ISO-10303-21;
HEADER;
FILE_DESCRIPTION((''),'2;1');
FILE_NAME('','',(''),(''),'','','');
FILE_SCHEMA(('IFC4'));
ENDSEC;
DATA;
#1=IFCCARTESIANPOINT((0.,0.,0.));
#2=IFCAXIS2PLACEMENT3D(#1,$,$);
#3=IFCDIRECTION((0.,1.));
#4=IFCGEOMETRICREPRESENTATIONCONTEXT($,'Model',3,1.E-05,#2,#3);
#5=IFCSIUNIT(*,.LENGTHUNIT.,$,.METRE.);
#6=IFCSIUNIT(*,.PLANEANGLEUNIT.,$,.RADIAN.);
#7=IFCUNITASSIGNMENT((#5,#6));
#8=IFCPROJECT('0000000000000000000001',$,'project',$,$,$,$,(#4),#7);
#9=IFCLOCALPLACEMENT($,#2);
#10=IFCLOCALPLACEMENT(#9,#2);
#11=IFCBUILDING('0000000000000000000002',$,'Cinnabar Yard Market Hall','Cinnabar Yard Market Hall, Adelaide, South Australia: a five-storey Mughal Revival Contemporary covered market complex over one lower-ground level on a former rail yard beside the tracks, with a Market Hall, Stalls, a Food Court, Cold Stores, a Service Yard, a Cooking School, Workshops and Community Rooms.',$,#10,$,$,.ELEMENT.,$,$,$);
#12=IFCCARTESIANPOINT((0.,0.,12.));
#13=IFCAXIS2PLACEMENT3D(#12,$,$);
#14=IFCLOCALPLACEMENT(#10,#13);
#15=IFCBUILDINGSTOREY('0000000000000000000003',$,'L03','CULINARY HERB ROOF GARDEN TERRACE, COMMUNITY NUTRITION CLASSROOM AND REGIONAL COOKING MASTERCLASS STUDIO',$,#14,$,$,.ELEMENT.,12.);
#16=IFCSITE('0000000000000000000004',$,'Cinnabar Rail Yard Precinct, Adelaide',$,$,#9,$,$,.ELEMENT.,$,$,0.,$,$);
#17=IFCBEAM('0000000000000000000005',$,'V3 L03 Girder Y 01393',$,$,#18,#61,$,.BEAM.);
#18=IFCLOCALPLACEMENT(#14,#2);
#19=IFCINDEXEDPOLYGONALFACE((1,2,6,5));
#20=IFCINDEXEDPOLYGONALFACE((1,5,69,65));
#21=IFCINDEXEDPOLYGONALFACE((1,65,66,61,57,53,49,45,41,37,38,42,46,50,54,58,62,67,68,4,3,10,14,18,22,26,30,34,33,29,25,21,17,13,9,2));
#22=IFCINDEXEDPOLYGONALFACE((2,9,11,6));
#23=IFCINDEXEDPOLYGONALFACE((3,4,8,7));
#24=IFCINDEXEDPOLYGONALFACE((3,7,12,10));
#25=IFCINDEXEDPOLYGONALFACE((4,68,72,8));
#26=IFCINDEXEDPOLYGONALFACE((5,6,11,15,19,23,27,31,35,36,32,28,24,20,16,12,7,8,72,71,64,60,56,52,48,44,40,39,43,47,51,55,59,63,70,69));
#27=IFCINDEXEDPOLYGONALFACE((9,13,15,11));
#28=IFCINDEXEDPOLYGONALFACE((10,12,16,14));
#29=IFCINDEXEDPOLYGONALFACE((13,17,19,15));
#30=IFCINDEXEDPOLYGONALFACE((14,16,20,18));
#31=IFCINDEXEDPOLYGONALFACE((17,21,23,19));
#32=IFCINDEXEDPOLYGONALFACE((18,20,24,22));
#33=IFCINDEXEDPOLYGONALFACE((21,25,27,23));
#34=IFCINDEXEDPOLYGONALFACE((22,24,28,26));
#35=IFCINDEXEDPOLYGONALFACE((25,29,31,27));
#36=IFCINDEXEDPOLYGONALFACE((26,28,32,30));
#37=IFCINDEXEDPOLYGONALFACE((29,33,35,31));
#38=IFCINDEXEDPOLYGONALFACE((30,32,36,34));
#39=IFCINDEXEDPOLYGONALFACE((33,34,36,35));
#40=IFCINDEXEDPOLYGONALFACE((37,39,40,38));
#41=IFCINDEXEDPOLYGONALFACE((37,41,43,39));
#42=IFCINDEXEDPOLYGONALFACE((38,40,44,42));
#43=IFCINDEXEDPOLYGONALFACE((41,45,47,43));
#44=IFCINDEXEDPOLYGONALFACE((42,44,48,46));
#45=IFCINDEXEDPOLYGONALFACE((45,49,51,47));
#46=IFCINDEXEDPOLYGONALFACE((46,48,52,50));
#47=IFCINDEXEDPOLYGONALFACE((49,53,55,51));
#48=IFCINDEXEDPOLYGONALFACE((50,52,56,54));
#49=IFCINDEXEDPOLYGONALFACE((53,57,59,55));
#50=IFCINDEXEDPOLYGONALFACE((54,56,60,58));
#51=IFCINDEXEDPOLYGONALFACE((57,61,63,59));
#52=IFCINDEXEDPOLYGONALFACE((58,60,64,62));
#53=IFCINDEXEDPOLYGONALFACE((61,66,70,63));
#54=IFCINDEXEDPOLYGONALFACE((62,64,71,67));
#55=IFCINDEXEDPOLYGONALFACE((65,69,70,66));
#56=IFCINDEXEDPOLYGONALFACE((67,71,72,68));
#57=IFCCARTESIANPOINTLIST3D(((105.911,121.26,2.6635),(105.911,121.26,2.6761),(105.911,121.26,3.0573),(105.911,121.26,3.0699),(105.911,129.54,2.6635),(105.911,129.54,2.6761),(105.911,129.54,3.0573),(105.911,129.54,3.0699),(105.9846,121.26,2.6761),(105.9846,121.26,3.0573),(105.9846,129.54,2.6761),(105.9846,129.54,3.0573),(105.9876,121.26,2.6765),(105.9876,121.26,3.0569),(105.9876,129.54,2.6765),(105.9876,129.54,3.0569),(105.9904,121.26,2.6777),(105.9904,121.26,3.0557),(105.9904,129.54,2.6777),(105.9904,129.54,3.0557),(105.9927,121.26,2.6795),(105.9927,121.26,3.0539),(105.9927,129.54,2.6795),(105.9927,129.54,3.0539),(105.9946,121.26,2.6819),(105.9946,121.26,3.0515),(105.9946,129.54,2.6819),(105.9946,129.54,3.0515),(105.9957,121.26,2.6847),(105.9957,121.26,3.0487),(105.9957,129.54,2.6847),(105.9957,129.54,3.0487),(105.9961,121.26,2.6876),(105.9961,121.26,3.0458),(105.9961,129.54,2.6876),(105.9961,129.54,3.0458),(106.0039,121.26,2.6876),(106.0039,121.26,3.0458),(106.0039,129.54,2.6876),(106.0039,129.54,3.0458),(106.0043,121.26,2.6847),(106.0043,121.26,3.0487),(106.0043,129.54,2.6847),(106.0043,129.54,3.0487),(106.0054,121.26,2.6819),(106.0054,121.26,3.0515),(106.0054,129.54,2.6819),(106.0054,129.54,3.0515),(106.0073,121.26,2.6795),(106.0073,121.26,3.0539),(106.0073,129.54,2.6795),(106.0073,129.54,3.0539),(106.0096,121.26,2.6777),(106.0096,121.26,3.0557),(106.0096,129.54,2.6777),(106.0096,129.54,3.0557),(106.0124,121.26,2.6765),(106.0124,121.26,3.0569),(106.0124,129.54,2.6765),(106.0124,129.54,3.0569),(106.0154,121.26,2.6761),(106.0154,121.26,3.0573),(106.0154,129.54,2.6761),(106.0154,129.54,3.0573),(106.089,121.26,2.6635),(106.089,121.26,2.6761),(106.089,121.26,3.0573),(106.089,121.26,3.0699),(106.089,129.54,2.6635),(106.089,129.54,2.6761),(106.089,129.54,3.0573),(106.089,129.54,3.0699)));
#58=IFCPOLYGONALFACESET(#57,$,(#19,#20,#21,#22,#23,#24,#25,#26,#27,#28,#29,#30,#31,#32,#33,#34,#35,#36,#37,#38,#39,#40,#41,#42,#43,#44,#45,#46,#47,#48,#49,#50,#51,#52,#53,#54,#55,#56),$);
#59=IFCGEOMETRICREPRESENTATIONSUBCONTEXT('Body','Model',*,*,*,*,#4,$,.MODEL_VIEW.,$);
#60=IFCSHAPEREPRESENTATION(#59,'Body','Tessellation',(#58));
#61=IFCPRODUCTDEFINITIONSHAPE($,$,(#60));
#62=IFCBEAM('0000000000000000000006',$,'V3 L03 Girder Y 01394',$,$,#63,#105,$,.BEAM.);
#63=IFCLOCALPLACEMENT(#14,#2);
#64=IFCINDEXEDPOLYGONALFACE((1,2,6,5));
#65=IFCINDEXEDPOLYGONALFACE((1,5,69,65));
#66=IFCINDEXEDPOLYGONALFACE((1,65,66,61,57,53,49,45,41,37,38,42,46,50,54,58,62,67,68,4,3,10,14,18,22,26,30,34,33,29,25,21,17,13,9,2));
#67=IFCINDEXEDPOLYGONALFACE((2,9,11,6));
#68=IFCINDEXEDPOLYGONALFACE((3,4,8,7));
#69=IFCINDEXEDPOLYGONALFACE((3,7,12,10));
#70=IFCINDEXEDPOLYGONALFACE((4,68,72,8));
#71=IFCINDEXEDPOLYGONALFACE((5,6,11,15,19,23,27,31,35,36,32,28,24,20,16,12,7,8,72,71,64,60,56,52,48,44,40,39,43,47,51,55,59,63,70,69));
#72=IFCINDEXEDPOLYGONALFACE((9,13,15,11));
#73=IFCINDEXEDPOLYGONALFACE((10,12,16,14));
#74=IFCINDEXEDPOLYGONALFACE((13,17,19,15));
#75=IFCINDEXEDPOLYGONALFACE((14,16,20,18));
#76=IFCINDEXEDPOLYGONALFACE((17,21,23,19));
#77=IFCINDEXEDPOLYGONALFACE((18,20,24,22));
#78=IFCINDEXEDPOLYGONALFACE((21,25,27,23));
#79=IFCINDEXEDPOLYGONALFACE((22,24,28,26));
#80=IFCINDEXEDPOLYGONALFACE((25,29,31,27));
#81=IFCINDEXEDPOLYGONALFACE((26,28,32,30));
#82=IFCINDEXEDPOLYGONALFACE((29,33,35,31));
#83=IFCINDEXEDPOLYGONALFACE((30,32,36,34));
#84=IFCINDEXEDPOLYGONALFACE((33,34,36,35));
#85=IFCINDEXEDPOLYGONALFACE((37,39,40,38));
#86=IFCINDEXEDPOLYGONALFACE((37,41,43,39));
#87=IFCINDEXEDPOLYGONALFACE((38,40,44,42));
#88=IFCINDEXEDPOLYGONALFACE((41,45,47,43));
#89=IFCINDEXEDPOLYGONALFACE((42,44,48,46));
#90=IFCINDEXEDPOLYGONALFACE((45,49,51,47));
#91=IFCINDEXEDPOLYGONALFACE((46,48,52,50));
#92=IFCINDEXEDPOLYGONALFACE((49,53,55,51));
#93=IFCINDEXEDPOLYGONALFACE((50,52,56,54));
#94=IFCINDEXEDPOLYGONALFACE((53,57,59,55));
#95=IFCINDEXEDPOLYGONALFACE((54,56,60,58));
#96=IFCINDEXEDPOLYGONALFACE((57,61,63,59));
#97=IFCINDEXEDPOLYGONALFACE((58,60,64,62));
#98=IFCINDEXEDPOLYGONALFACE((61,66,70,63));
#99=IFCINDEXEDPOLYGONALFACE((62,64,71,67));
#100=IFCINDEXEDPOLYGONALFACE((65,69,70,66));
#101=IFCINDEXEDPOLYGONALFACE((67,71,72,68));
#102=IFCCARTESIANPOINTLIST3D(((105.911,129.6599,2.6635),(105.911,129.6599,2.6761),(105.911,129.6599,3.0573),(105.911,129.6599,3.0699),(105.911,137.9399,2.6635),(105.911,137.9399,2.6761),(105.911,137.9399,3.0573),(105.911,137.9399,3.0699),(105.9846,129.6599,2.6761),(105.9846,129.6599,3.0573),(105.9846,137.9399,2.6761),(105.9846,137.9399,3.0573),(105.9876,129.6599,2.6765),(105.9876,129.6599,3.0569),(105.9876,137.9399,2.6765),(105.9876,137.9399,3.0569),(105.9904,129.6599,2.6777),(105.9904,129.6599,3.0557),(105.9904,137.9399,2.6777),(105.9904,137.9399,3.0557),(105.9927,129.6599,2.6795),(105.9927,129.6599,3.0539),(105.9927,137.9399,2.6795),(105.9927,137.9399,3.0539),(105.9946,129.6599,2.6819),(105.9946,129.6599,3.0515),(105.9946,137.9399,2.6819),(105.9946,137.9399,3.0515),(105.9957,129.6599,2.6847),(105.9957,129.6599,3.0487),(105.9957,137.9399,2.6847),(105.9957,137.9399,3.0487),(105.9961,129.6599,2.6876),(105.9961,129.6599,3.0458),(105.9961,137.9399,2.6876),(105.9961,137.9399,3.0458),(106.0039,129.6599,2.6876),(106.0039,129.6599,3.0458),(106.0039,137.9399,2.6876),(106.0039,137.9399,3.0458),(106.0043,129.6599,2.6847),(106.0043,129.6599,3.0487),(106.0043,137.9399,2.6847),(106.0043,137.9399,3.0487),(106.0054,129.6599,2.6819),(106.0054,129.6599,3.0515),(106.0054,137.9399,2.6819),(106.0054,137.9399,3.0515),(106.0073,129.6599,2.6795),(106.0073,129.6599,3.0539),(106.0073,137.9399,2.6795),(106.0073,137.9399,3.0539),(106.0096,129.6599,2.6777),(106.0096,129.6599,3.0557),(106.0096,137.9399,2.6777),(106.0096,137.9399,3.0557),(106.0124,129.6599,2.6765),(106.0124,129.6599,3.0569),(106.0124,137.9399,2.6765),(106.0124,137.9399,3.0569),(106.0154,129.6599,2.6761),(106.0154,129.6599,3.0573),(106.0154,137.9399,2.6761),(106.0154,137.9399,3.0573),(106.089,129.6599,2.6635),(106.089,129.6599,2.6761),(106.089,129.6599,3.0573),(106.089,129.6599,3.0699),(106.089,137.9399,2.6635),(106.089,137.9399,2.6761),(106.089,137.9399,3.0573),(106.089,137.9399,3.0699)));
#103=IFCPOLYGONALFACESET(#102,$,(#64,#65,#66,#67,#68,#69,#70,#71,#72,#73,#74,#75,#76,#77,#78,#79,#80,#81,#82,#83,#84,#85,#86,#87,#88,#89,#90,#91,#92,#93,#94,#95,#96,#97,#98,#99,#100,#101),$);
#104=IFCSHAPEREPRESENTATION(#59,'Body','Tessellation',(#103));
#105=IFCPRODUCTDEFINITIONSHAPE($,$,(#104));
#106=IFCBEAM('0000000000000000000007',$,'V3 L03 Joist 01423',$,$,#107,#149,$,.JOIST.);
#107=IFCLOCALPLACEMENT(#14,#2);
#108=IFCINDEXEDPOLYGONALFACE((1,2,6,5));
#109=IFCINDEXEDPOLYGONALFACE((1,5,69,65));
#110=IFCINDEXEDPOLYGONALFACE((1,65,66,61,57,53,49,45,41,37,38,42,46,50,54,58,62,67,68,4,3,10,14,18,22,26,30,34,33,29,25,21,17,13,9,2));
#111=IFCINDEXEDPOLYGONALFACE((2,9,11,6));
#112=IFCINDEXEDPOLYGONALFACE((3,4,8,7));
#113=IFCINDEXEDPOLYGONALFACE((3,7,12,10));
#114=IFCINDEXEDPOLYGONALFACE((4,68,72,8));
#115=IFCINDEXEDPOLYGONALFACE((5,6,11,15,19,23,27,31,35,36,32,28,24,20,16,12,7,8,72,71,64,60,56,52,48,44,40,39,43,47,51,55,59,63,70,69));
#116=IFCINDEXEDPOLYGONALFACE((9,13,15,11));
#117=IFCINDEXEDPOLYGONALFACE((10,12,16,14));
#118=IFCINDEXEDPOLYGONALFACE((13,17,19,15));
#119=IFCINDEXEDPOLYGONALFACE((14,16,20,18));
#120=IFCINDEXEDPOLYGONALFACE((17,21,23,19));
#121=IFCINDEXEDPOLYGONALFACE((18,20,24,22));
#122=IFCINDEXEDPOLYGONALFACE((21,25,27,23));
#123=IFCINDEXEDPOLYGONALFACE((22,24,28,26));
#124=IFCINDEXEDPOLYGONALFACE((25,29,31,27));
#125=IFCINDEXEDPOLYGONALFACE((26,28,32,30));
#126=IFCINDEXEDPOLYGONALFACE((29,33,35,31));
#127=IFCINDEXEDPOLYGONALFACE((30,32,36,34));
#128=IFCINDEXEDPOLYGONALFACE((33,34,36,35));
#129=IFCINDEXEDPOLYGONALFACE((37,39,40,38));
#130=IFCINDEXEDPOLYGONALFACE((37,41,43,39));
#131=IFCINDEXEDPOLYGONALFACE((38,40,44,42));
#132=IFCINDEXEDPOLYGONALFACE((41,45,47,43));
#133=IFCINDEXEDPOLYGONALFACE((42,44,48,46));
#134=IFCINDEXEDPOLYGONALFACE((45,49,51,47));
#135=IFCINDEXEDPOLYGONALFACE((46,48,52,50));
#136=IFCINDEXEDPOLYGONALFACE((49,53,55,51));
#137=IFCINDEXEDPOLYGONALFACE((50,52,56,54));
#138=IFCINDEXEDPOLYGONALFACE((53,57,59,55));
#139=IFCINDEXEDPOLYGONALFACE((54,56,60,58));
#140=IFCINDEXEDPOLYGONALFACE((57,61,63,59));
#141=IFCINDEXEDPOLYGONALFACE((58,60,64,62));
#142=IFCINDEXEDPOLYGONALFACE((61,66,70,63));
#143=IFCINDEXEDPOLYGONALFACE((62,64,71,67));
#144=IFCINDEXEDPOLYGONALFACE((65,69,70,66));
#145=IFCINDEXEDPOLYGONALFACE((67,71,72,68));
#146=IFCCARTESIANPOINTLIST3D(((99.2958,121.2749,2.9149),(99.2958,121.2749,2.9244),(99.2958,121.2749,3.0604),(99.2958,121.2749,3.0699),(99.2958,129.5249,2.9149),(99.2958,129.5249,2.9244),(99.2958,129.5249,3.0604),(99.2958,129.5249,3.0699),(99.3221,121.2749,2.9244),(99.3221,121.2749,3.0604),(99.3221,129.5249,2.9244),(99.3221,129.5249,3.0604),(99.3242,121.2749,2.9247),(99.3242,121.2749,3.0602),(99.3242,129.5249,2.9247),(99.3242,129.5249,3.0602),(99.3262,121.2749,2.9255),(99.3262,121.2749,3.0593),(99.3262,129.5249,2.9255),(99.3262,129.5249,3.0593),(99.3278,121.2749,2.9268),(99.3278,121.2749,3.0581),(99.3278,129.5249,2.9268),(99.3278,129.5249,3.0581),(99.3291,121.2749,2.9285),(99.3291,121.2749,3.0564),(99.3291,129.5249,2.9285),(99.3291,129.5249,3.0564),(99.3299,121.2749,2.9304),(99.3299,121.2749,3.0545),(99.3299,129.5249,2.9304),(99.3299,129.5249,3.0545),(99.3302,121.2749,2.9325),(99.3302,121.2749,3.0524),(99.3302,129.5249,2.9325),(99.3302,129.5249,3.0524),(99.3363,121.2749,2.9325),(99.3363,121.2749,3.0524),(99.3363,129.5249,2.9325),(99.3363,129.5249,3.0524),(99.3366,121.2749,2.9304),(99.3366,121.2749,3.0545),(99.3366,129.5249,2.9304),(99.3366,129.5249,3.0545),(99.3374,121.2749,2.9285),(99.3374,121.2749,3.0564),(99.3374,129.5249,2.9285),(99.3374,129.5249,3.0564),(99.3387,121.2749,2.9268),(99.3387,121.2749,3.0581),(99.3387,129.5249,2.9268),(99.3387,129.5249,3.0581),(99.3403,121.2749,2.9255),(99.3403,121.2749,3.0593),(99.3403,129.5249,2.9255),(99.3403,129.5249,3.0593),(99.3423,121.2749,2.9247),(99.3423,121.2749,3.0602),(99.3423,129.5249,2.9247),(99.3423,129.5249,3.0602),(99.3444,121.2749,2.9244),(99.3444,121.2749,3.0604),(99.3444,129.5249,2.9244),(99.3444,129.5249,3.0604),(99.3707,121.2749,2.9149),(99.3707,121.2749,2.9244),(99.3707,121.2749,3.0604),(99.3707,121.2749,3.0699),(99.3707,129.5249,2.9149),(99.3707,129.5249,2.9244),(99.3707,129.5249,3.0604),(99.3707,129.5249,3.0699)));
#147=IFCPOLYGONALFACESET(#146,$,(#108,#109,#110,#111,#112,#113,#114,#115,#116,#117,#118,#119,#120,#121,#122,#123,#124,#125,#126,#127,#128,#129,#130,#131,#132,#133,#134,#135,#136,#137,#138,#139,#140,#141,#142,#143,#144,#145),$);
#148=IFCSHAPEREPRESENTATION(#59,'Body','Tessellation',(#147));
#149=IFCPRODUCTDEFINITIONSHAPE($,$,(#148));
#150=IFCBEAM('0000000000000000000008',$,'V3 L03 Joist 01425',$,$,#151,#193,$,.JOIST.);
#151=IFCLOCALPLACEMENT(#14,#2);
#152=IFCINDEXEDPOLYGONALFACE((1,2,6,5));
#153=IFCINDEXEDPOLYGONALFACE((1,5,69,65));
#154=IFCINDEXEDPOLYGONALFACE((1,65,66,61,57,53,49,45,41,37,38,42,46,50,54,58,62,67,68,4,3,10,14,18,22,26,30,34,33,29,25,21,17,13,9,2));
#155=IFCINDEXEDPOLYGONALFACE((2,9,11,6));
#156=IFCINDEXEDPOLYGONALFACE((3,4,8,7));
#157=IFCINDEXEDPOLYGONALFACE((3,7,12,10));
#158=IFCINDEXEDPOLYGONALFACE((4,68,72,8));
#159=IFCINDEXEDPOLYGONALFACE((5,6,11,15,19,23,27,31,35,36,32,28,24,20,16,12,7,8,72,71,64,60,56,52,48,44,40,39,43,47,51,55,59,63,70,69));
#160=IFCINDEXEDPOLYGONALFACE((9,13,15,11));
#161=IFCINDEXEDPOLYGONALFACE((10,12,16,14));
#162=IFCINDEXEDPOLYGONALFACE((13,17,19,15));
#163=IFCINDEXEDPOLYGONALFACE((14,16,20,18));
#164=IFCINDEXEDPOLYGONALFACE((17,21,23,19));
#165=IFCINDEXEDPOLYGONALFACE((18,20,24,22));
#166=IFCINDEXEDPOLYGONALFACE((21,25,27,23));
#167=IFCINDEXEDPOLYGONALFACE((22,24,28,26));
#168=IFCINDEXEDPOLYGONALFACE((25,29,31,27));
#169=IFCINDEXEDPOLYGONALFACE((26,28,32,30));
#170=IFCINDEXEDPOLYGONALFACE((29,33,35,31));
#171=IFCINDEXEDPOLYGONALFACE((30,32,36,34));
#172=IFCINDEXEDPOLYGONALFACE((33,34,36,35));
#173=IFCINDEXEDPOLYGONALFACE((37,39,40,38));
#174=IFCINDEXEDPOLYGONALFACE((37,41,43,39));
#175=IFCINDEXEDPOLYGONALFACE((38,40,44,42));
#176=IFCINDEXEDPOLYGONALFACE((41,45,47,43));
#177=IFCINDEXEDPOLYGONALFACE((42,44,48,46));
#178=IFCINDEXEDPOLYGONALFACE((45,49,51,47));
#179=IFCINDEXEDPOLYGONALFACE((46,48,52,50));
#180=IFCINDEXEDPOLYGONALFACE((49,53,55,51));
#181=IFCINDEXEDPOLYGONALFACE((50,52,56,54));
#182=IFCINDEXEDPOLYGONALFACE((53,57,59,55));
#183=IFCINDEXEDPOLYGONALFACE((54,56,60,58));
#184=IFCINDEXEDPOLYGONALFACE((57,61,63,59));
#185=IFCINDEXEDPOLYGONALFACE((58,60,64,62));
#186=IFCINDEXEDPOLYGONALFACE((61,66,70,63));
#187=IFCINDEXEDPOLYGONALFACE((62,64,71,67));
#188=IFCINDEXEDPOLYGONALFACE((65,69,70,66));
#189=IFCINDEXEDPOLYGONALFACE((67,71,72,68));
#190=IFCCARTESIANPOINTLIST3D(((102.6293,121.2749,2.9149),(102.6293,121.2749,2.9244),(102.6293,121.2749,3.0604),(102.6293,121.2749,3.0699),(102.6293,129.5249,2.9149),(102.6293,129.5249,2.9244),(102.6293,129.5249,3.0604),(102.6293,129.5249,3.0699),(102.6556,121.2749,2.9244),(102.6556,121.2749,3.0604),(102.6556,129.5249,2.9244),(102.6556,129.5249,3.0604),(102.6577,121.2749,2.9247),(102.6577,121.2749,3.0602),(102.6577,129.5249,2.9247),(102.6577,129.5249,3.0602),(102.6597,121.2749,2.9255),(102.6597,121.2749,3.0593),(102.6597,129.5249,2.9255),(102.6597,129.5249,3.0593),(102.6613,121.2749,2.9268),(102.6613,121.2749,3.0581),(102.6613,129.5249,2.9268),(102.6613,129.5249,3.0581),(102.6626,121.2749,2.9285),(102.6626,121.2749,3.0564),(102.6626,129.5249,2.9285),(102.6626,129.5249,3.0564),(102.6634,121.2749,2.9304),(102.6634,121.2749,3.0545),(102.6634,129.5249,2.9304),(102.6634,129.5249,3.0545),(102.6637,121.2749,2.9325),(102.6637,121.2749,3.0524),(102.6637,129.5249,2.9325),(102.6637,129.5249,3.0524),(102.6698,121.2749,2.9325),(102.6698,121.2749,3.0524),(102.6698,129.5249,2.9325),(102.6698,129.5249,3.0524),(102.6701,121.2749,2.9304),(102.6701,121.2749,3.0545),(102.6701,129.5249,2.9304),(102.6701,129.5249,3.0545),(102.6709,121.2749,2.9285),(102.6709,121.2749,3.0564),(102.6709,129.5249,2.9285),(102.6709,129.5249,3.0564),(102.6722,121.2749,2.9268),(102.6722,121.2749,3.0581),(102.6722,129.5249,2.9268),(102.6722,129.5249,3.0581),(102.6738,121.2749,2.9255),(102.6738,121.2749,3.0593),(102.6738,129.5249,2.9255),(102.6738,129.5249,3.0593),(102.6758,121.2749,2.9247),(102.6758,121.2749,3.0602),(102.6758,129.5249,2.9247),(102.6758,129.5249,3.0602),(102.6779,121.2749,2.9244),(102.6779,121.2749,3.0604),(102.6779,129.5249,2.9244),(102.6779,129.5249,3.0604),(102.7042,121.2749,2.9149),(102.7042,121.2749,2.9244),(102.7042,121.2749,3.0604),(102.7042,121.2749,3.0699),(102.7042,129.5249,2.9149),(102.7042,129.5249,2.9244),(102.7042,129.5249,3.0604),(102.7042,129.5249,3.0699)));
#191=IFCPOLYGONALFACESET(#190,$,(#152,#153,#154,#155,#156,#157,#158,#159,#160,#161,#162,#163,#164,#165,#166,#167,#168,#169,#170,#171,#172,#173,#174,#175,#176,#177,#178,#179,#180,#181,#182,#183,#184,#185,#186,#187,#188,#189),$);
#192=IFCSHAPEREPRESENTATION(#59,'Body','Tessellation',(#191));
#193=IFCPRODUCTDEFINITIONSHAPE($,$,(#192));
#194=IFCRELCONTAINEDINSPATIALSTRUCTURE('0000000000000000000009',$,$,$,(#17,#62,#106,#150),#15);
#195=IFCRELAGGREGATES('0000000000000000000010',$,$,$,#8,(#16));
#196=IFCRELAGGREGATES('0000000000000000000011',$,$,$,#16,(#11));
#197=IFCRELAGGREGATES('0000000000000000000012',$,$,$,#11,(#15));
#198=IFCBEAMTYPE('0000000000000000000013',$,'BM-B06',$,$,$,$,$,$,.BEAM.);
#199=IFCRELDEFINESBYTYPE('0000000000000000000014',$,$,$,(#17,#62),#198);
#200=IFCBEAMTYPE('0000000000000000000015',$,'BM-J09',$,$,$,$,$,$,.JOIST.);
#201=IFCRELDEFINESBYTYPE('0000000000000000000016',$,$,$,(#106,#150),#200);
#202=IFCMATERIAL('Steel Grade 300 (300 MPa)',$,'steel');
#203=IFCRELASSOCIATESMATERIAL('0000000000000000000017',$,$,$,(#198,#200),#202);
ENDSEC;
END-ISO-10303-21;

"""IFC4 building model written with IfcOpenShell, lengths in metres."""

from ifc_helpers import new_model, si_unit, direction, frame, origin, origin_2d_with_axis, place, context, subcontext, project, spatial, i_section, extrude, material, material_profile, profile_set, type_object, element, save


model = new_model("IFC4")

# Units and contexts
model_context = context("Model", 3, precision=1e-05, world=origin(), true_north=direction((0.0, 1.0)))
body_context = subcontext(model_context, "Body", "Model", "MODEL_VIEW")
ifc_project = project(units=[si_unit("LENGTHUNIT", "METRE"), si_unit("PLANEANGLEUNIT", "RADIAN")], contexts=[model_context])

# Site, building, storey
site_placement = place(None, origin())
site = spatial("IfcSite", under=ifc_project, at=site_placement, Name="Cinnabar Rail Yard Precinct, Adelaide", CompositionType="ELEMENT", RefElevation=0.0)
building_placement = place(site_placement, origin())
building = spatial("IfcBuilding", under=site, at=building_placement, Name="Cinnabar Yard Market Hall", Description="Cinnabar Yard Market Hall, Adelaide, South Australia: a five-storey Mughal Revival Contemporary covered market complex over one lower-ground level on a former rail yard beside the tracks, with a Market Hall, Stalls, a Food Court, Cold Stores, a Service Yard, a Cooking School, Workshops and Community Rooms.", CompositionType="ELEMENT")
storey_placement = place(building_placement, frame((0.0, 0.0, 12.0)))
storey = spatial("IfcBuildingStorey", under=building, at=storey_placement, Name="L03", Description="CULINARY HERB ROOF GARDEN TERRACE, COMMUNITY NUTRITION CLASSROOM AND REGIONAL COOKING MASTERCLASS STUDIO", CompositionType="ELEMENT", Elevation=12.0)

# Beams
ifc_material_1 = material(Name="Steel Grade 300 (300 MPa)", Category="steel")
ifc_material_profile_1 = material_profile(ifc_material_1, i_section(OverallWidth=0.178, OverallDepth=0.4065, WebThickness=0.0078, FlangeThickness=0.0127, FilletRadius=0.0115, at=origin_2d_with_axis()), Name="410UB59.7")
ifc_profile_set_1 = profile_set([ifc_material_profile_1], Name="Steel Grade 300 (300 MPa)")
beam_type_1 = type_object("IfcBeamType", Name="BM-B06", PredefinedType="BEAM", material=ifc_profile_set_1)
for number, where, z_axis, x_axis, name in (
    (1, (106.0, 121.26, 2.8667), (0.0, 1.0, 0.0), (-1.0, 0.0, 0.0), "V3 L03 Girder Y 01393"),
    (2, (106.0, 129.6599, 2.8667), (0.0, 1.0, 0.0), (-1.0, 0.0, 0.0), "V3 L03 Girder Y 01394"),
):
    element("IfcBeam", number, at=place(storey_placement, frame(where, z_axis=z_axis, x_axis=x_axis)), inside=storey, type_object=beam_type_1, Name=name, PredefinedType="BEAM", context=body_context, shape_type="SweptSolid", body=[
        extrude(i_section(OverallWidth=0.178, OverallDepth=0.4065, WebThickness=0.0078, FlangeThickness=0.0127, FilletRadius=0.0115, at=origin_2d_with_axis()), origin(), (0.0, 0.0, 1.0), 8.28),
    ])
ifc_material_profile_2 = material_profile(ifc_material_1, i_section(OverallWidth=0.075, OverallDepth=0.155, WebThickness=0.0061, FlangeThickness=0.0095, FilletRadius=0.0081, at=origin_2d_with_axis()), Name="150UB18.0")
ifc_profile_set_2 = profile_set([ifc_material_profile_2], Name="Steel Grade 300 (300 MPa)")
beam_type_2 = type_object("IfcBeamType", Name="BM-J09", PredefinedType="JOIST", material=ifc_profile_set_2)
for number, where, z_axis, x_axis, name in (
    (3, (99.3333, 121.2749, 2.9924), (0.0, 1.0, 0.0), (-1.0, 0.0, 0.0), "V3 L03 Joist 01423"),
    (4, (102.6667, 121.2749, 2.9924), (0.0, 1.0, 0.0), (-1.0, 0.0, 0.0), "V3 L03 Joist 01425"),
):
    element("IfcBeam", number, at=place(storey_placement, frame(where, z_axis=z_axis, x_axis=x_axis)), inside=storey, type_object=beam_type_2, Name=name, PredefinedType="JOIST", context=body_context, shape_type="SweptSolid", body=[
        extrude(i_section(OverallWidth=0.075, OverallDepth=0.155, WebThickness=0.0061, FlangeThickness=0.0095, FilletRadius=0.0081, at=origin_2d_with_axis()), origin(), (0.0, 0.0, 1.0), 8.25),
    ])

save(model, "model.ifc")
